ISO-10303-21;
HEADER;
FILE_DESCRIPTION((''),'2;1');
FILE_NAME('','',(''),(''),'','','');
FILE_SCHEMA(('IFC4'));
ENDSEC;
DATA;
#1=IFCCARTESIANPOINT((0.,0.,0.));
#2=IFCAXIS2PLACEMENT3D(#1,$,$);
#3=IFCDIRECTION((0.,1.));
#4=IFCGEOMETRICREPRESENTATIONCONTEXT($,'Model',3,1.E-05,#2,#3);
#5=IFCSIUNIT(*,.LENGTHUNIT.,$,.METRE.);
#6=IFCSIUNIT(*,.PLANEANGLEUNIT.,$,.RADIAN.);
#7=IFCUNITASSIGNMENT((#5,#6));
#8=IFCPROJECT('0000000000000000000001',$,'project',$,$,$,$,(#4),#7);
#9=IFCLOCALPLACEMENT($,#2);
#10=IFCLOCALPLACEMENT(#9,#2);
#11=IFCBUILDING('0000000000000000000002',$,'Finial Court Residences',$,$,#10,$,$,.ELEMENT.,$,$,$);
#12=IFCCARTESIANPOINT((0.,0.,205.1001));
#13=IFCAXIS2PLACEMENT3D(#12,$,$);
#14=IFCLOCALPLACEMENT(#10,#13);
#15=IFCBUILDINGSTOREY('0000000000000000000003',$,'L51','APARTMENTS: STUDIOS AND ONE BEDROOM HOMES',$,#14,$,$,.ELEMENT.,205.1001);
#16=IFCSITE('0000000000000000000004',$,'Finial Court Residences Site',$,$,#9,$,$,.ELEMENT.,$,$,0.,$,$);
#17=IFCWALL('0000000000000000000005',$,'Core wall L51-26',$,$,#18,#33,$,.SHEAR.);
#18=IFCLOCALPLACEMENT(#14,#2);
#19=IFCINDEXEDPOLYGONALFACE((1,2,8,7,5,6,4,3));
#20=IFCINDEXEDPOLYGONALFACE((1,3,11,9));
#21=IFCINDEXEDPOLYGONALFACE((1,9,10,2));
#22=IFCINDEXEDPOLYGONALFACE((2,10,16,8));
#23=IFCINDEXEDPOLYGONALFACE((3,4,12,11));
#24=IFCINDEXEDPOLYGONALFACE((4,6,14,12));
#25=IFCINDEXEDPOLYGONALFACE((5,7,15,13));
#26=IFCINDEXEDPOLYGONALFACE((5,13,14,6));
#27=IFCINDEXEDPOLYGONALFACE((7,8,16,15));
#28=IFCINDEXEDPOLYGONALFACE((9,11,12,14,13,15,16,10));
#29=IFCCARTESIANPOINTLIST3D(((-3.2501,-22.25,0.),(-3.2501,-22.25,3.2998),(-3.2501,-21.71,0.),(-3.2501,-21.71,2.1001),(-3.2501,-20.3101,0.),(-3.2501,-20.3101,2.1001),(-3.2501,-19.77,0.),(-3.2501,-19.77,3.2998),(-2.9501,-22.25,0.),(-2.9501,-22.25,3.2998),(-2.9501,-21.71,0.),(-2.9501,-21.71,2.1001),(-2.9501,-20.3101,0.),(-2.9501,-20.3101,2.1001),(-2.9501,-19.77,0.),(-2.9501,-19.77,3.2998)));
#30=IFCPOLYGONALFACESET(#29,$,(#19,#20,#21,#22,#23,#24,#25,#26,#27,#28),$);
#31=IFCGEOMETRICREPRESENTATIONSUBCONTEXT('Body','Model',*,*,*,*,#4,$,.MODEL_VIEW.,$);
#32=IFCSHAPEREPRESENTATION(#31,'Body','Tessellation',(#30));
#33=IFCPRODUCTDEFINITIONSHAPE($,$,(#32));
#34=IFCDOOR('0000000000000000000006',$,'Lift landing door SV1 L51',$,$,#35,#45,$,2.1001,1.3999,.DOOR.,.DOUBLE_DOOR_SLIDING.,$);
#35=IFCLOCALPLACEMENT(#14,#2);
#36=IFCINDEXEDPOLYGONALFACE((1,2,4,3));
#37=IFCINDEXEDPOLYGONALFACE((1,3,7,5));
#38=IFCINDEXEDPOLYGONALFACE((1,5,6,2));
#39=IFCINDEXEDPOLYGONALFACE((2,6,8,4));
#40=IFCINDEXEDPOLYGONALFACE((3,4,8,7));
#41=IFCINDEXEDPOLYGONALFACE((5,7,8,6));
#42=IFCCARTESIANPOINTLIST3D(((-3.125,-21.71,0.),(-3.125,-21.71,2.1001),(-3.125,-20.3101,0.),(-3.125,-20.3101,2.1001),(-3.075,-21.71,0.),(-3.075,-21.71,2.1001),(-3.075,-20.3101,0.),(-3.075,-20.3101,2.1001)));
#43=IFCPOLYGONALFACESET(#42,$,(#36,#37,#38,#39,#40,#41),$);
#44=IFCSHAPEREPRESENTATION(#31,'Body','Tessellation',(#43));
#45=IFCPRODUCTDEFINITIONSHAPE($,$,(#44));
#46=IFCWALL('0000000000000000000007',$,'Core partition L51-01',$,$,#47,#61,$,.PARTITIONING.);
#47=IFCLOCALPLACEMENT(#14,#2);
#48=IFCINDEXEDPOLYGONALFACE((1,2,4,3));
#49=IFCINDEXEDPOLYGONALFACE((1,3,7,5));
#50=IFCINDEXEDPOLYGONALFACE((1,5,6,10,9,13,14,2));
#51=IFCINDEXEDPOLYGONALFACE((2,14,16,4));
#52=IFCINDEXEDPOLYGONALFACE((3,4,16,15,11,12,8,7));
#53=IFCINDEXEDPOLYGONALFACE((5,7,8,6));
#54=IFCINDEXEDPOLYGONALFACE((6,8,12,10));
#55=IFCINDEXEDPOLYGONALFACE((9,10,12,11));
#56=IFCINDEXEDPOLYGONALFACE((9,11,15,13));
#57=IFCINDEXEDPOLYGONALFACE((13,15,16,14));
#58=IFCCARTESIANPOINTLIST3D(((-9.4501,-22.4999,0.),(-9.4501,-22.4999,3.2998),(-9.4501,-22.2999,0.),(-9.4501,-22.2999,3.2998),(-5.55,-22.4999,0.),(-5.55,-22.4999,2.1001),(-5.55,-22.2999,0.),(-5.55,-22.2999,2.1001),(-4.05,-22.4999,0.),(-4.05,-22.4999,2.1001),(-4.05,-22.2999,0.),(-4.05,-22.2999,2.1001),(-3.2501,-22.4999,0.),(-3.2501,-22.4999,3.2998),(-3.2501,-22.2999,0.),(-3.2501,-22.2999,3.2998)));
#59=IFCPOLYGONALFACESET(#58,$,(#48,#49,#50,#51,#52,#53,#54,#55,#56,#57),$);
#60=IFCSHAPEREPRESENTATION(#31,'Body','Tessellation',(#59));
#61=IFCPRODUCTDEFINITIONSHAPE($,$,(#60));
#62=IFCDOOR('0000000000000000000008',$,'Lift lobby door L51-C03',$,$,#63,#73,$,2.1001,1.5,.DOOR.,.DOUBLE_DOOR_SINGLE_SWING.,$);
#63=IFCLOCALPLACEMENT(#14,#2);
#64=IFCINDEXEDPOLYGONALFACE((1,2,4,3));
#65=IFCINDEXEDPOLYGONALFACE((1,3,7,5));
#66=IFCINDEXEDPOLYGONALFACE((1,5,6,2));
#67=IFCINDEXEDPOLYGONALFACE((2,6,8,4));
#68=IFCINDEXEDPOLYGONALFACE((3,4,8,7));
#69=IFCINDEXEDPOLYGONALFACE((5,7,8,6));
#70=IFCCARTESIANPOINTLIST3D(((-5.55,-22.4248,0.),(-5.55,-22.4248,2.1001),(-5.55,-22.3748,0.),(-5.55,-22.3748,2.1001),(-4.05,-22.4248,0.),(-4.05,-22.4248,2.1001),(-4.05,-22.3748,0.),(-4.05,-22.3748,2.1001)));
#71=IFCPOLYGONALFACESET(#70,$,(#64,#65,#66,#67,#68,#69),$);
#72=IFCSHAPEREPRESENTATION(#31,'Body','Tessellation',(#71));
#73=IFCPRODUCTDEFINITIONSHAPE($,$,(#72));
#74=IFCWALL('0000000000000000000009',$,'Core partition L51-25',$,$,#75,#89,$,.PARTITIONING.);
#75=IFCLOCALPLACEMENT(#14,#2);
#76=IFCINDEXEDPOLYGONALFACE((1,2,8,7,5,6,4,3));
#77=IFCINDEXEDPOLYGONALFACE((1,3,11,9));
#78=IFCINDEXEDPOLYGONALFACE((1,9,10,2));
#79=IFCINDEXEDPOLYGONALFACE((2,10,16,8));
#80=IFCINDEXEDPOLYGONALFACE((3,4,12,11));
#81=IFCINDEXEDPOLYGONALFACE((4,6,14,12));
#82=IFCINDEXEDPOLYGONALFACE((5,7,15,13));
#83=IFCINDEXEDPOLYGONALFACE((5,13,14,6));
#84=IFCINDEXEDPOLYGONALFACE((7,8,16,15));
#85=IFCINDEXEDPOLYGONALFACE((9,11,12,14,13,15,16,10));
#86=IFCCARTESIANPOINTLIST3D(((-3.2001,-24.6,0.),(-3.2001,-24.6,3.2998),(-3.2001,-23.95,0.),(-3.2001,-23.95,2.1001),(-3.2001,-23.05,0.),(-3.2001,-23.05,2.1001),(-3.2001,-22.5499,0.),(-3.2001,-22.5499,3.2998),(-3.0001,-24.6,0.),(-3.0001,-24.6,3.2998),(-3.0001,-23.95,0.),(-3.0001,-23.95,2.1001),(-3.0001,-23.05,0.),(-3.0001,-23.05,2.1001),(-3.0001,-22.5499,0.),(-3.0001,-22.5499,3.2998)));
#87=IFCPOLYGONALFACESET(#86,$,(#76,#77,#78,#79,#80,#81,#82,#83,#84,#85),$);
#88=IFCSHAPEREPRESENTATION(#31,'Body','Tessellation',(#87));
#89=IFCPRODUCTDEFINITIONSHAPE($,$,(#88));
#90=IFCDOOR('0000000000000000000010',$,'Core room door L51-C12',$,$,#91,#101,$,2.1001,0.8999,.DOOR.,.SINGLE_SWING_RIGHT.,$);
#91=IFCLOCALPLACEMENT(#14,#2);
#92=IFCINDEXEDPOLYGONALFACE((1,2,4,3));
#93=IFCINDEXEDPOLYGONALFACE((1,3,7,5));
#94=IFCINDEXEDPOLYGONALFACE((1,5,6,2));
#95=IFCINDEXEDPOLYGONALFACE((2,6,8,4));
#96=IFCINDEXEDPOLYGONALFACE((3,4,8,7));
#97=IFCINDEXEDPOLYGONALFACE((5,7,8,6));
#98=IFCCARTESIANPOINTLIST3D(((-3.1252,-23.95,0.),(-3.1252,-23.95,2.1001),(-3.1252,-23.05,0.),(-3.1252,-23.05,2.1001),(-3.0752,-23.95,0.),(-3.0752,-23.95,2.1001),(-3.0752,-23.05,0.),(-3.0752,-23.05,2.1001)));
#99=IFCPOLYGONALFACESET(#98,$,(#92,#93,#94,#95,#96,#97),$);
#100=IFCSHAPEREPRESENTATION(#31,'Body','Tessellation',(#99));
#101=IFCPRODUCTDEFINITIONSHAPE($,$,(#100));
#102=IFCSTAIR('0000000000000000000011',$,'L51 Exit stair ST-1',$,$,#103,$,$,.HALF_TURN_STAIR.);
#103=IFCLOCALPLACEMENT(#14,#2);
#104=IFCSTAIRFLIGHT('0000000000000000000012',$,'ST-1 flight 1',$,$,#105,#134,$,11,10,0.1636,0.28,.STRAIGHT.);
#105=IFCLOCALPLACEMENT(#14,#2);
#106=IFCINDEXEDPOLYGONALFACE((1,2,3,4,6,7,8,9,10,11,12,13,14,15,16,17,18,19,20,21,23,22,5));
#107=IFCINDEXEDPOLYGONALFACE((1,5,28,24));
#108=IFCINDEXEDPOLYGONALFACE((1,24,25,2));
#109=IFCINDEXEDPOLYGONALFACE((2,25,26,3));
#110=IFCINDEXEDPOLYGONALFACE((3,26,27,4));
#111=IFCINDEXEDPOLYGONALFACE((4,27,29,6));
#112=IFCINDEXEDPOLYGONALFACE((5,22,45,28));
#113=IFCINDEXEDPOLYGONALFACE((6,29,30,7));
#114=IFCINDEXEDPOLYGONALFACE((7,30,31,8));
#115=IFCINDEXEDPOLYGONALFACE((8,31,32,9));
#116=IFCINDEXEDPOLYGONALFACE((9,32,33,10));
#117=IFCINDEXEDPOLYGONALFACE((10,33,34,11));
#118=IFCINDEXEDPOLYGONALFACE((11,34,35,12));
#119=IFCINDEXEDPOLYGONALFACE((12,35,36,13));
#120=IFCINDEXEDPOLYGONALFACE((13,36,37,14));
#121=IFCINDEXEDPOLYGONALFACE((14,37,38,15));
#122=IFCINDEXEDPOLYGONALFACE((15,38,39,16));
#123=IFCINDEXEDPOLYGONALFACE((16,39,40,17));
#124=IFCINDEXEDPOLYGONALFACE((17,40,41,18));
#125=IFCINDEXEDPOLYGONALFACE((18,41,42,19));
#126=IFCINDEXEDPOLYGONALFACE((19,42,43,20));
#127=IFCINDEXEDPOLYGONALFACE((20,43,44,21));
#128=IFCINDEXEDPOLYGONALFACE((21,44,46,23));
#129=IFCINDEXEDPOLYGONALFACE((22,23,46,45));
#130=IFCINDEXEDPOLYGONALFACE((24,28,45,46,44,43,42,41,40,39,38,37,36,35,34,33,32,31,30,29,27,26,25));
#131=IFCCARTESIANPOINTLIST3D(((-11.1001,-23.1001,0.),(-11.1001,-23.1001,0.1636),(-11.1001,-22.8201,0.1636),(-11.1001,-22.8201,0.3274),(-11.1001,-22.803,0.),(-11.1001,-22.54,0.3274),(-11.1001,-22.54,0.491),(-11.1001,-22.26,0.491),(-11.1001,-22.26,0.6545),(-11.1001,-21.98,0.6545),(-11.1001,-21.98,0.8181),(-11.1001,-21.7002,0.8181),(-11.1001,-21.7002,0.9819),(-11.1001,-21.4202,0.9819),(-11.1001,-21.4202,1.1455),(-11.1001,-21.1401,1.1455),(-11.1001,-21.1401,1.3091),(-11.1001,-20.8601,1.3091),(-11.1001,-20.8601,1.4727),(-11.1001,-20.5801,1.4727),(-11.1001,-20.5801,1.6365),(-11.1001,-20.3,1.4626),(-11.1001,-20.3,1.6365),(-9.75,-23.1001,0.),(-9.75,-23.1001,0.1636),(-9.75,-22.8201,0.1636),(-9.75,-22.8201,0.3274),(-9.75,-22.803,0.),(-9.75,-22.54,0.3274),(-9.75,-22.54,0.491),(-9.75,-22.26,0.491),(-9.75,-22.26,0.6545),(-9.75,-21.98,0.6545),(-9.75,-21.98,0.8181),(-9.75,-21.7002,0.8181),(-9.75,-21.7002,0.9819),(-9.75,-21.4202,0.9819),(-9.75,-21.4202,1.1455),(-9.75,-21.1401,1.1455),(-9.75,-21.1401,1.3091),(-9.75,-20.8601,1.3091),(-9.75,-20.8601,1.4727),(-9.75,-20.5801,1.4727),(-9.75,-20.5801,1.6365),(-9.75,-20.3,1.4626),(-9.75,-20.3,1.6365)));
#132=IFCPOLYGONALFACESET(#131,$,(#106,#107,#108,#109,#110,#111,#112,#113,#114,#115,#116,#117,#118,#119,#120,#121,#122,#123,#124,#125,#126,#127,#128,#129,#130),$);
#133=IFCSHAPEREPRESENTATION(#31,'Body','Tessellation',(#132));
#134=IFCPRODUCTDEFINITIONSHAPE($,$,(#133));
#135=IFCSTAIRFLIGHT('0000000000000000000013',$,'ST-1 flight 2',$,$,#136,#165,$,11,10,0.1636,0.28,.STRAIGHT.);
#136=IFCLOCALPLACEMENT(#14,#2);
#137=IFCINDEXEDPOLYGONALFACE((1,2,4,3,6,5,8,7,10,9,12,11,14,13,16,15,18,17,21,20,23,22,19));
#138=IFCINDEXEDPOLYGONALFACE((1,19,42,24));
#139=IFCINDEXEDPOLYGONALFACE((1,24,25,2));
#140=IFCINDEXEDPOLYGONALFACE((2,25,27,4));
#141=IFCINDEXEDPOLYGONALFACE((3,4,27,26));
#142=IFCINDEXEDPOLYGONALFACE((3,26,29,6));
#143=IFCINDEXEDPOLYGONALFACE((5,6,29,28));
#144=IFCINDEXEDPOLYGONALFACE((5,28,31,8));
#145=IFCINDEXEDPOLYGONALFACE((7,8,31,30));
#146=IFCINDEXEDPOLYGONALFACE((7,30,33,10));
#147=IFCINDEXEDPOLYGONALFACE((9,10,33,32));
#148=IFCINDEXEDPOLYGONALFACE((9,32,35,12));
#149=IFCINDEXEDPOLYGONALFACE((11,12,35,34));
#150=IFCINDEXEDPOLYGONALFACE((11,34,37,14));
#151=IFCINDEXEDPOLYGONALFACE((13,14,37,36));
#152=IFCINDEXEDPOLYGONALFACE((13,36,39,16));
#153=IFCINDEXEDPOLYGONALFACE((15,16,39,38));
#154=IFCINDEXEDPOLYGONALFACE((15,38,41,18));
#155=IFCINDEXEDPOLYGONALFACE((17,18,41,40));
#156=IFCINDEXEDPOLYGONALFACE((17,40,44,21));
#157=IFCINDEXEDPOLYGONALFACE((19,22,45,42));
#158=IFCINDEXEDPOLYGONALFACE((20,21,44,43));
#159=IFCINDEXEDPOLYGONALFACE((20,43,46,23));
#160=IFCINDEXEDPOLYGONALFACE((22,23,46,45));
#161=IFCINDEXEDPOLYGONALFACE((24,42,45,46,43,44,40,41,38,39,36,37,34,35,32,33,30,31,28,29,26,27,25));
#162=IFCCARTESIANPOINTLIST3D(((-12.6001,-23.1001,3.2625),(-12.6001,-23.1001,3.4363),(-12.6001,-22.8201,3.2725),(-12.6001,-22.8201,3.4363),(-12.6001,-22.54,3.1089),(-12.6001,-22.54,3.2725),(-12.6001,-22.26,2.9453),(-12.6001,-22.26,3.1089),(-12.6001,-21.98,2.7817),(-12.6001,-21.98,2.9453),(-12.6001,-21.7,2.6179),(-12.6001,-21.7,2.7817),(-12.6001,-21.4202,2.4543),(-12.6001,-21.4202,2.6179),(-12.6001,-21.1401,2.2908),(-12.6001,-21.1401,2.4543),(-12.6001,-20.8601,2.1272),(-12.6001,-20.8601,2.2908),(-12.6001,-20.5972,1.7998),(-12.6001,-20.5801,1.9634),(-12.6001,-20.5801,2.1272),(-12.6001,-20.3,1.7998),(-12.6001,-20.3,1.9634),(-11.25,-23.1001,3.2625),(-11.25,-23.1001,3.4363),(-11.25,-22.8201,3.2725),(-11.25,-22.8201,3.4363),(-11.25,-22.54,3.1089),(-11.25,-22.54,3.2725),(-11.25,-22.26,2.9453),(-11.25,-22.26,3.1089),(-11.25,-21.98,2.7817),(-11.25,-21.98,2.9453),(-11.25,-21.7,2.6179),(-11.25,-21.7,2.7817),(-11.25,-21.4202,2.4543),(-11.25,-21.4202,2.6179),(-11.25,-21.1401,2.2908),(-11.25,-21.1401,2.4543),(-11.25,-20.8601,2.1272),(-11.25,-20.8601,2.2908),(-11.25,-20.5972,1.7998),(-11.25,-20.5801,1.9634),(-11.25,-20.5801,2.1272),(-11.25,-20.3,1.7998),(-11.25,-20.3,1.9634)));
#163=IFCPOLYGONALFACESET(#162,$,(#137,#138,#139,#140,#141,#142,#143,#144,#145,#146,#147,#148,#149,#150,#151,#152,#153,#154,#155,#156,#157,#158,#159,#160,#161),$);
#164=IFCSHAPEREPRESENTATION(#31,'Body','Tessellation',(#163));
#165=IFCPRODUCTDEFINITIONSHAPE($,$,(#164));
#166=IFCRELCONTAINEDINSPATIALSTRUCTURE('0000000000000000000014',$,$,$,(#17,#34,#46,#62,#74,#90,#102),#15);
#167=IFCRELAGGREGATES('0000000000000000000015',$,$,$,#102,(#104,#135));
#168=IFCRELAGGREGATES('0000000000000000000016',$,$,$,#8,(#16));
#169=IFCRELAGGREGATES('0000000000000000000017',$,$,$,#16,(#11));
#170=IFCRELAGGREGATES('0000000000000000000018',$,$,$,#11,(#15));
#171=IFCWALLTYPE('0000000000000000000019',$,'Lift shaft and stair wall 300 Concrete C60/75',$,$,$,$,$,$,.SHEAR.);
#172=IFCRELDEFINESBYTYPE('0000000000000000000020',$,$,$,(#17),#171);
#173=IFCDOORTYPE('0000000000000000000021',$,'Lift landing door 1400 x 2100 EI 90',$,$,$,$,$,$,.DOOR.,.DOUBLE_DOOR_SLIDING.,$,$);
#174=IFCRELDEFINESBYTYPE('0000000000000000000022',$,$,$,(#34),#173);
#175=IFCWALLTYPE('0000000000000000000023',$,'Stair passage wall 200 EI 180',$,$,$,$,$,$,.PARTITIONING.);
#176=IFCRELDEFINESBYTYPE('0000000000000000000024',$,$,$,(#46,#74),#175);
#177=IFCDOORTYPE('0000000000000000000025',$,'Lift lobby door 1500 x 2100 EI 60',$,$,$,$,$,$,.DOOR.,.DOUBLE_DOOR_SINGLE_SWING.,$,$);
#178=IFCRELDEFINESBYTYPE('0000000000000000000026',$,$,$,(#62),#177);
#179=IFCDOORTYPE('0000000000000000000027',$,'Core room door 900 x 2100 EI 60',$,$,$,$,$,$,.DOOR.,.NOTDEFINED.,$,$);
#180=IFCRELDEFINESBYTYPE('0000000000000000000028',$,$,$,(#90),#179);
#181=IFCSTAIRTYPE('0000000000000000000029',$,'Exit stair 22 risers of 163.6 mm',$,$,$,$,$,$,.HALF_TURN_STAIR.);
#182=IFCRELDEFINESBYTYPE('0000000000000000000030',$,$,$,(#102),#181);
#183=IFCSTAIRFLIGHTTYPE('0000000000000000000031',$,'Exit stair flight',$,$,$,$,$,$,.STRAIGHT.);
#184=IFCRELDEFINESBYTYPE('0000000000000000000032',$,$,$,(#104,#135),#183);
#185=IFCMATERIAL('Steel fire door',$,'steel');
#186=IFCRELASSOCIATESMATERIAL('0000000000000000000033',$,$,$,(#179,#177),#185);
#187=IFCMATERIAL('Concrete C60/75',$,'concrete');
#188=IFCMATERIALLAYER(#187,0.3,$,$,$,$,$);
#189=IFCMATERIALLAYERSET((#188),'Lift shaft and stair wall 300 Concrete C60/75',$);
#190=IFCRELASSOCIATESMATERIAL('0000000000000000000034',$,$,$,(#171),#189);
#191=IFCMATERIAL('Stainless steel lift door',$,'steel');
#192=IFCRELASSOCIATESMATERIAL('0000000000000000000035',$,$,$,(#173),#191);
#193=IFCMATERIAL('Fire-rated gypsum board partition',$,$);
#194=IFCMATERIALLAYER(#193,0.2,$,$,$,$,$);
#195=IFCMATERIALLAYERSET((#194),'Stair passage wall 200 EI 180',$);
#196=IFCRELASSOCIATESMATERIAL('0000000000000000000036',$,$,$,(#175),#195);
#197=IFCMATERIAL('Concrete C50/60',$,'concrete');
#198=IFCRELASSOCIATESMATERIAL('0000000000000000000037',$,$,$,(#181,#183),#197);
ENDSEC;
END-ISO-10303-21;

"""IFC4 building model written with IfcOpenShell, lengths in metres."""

from ifc_helpers import new_model, si_unit, direction, frame, frame_2d, origin, place, context, subcontext, project, spatial, polyline, rectangle, outline, extrude, material, layer, layer_set, type_object, element, fill, aggregate, save


model = new_model("IFC4")

# Units and contexts
model_context = context("Model", 3, precision=1e-05, world=origin(), true_north=direction((0.0, 1.0)))
body_context = subcontext(model_context, "Body", "Model", "MODEL_VIEW")
ifc_project = project(units=[si_unit("LENGTHUNIT", "METRE"), si_unit("PLANEANGLEUNIT", "RADIAN")], contexts=[model_context])

# Site, building, storey
site_placement = place(None, origin())
site = spatial("IfcSite", under=ifc_project, at=site_placement, Name="Finial Court Residences Site", CompositionType="ELEMENT", RefElevation=0.0)
building_placement = place(site_placement, origin())
building = spatial("IfcBuilding", under=site, at=building_placement, Name="Finial Court Residences", CompositionType="ELEMENT")
storey_placement = place(building_placement, frame((0.0, 0.0, 205.1001)))
storey = spatial("IfcBuildingStorey", under=building, at=storey_placement, Name="L51", Description="APARTMENTS: STUDIOS AND ONE BEDROOM HOMES", CompositionType="ELEMENT", Elevation=205.1001)

# Shared definitions
ifc_material_1 = material(Name="Concrete C60/75", Category="concrete")
ifc_material_2 = material(Name="Fire-rated gypsum board partition")

# Shared definitions
ifc_material_3 = material(Name="Steel fire door", Category="steel")
door_type_1 = type_object("IfcDoorType", Name="Core room door 900 x 2100 EI 60", OperationType="NOTDEFINED", PredefinedType="DOOR", material=ifc_material_3)

# Shared definitions
ifc_layer_1 = layer(ifc_material_1, 0.3)
ifc_layer_set_1 = layer_set([ifc_layer_1], Name="Lift shaft and stair wall 300 Concrete C60/75")
wall_type_1 = type_object("IfcWallType", Name="Lift shaft and stair wall 300 Concrete C60/75", PredefinedType="SHEAR", material=ifc_layer_set_1)

# Walls, openings, doors
wall_1_placement = place(storey_placement, frame((-3.1001, -22.25, 0.0), z_axis=(0.0, 0.0, 1.0), x_axis=(0.0, 1.0, 0.0)))
wall_1 = element("IfcWall", 1, at=wall_1_placement, inside=storey, type_object=wall_type_1, Name="Core wall L51-26", PredefinedType="SHEAR", context=body_context, shape_type="SweptSolid", body=[
    extrude(rectangle(XDim=2.48, YDim=0.3, at=frame_2d((1.24, 0.0))), origin(), (0.0, 0.0, 1.0), 3.2998),
])
opening_1_placement = place(wall_1_placement, frame((0.54, 0.0, 0.0)))
opening_1 = element("IfcOpeningElement", 2, at=opening_1_placement, cuts=wall_1, PredefinedType="OPENING", context=body_context, shape_type="SweptSolid", body=[
    extrude(rectangle(XDim=1.3999, YDim=2.1001, at=frame_2d((0.7, 1.05))), frame((0.0, 0.1599, 0.0), z_axis=(0.0, -1.0, 0.0), x_axis=(1.0, 0.0, 0.0)), (0.0, 0.0, 1.0), 0.3201),
])
ifc_material_4 = material(Name="Stainless steel lift door", Category="steel")
door_type_2 = type_object("IfcDoorType", Name="Lift landing door 1400 x 2100 EI 90", OperationType="DOUBLE_DOOR_SLIDING", PredefinedType="DOOR", material=ifc_material_4)
door_1_placement = place(opening_1_placement, origin())
door_1 = element("IfcDoor", 3, at=door_1_placement, inside=storey, type_object=door_type_2, Name="Lift landing door SV1 L51", OperationType="DOUBLE_DOOR_SLIDING", OverallHeight=2.1001, OverallWidth=1.3999, PredefinedType="DOOR", context=body_context, shape_type="SweptSolid", body=[
    extrude(rectangle(XDim=1.3999, YDim=2.1001, at=frame_2d((0.7, 1.05))), frame((0.0, 0.0249, 0.0), z_axis=(0.0, -1.0, 0.0), x_axis=(1.0, 0.0, 0.0)), (0.0, 0.0, 1.0), 0.05),
])
fill(opening_1, door_1)
ifc_layer_2 = layer(ifc_material_2, 0.2)
ifc_layer_set_2 = layer_set([ifc_layer_2], Name="Stair passage wall 200 EI 180")
wall_type_2 = type_object("IfcWallType", Name="Stair passage wall 200 EI 180", PredefinedType="PARTITIONING", material=ifc_layer_set_2)
wall_2_placement = place(storey_placement, frame((-3.25, -22.3999, 0.0), z_axis=(0.0, 0.0, 1.0), x_axis=(-1.0, 0.0, 0.0)))
wall_2 = element("IfcWall", 4, at=wall_2_placement, inside=storey, type_object=wall_type_2, Name="Core partition L51-01", PredefinedType="PARTITIONING", context=body_context, shape_type="SweptSolid", body=[
    extrude(rectangle(XDim=6.2, YDim=0.2, at=frame_2d((3.1001, 0.0))), origin(), (0.0, 0.0, 1.0), 3.2998),
])
opening_2_placement = place(wall_2_placement, frame((0.8, 0.0, 0.0)))
opening_2 = element("IfcOpeningElement", 5, at=opening_2_placement, cuts=wall_2, PredefinedType="OPENING", context=body_context, shape_type="SweptSolid", body=[
    extrude(rectangle(XDim=1.5, YDim=2.1001, at=frame_2d((0.75, 1.05))), frame((0.0, 0.1099, 0.0), z_axis=(0.0, -1.0, 0.0), x_axis=(1.0, 0.0, 0.0)), (0.0, 0.0, 1.0), 0.22),
])
door_type_3 = type_object("IfcDoorType", Name="Lift lobby door 1500 x 2100 EI 60", OperationType="DOUBLE_DOOR_SINGLE_SWING", PredefinedType="DOOR", material=ifc_material_3)
door_2_placement = place(opening_2_placement, origin())
door_2 = element("IfcDoor", 6, at=door_2_placement, inside=storey, type_object=door_type_3, Name="Lift lobby door L51-C03", OperationType="DOUBLE_DOOR_SINGLE_SWING", OverallHeight=2.1001, OverallWidth=1.5, PredefinedType="DOOR", context=body_context, shape_type="SweptSolid", body=[
    extrude(rectangle(XDim=1.5, YDim=2.1001, at=frame_2d((0.75, 1.05))), frame((0.0, 0.0249, 0.0), z_axis=(0.0, -1.0, 0.0), x_axis=(1.0, 0.0, 0.0)), (0.0, 0.0, 1.0), 0.05),
])
fill(opening_2, door_2)
wall_3_placement = place(storey_placement, frame((-3.1001, -22.55, 0.0), z_axis=(0.0, 0.0, 1.0), x_axis=(0.0, -1.0, 0.0)))
wall_3 = element("IfcWall", 7, at=wall_3_placement, inside=storey, type_object=wall_type_2, Name="Core partition L51-25", PredefinedType="PARTITIONING", context=body_context, shape_type="SweptSolid", body=[
    extrude(rectangle(XDim=2.05, YDim=0.2, at=frame_2d((1.0249, 0.0))), origin(), (0.0, 0.0, 1.0), 3.2998),
])
opening_3_placement = place(wall_3_placement, frame((0.5, 0.0, 0.0)))
opening_3 = element("IfcOpeningElement", 8, at=opening_3_placement, cuts=wall_3, PredefinedType="OPENING", context=body_context, shape_type="SweptSolid", body=[
    extrude(rectangle(XDim=0.8999, YDim=2.1001, at=frame_2d((0.45, 1.05))), frame((0.0, 0.1099, 0.0), z_axis=(0.0, -1.0, 0.0), x_axis=(1.0, 0.0, 0.0)), (0.0, 0.0, 1.0), 0.22),
])
door_3_placement = place(opening_3_placement, origin())
door_3 = element("IfcDoor", 9, at=door_3_placement, inside=storey, type_object=door_type_1, Name="Core room door L51-C12", OperationType="SINGLE_SWING_RIGHT", OverallHeight=2.1001, OverallWidth=0.8999, PredefinedType="DOOR", context=body_context, shape_type="SweptSolid", body=[
    extrude(rectangle(XDim=0.8999, YDim=2.1001, at=frame_2d((0.45, 1.05))), frame((0.0, 0.0249, 0.0), z_axis=(0.0, -1.0, 0.0), x_axis=(1.0, 0.0, 0.0)), (0.0, 0.0, 1.0), 0.05),
])
fill(opening_3, door_3)

# Stair, stair flights
ifc_material_5 = material(Name="Concrete C50/60", Category="concrete")
stair_type = type_object("IfcStairType", Name="Exit stair 22 risers of 163.6 mm", PredefinedType="HALF_TURN_STAIR", material=ifc_material_5)
stair_placement = place(storey_placement, origin())
stair = element("IfcStair", 10, at=stair_placement, inside=storey, type_object=stair_type, Name="L51 Exit stair ST-1", PredefinedType="HALF_TURN_STAIR")
stair_flight_type = type_object("IfcStairFlightType", Name="Exit stair flight", PredefinedType="STRAIGHT", material=ifc_material_5)
stair_flight_1_placement = place(storey_placement, frame((-10.425, -23.1001, 0.0), z_axis=(0.0, 0.0, 1.0), x_axis=(0.0, 1.0, 0.0)))
stair_flight_1 = element("IfcStairFlight", 11, at=stair_flight_1_placement, type_object=stair_flight_type, Name="ST-1 flight 1", NumberOfRisers=11, NumberOfTreads=10, PredefinedType="STRAIGHT", RiserHeight=0.1636, TreadLength=0.28, context=body_context, shape_type="SweptSolid", body=[
    extrude(outline(polyline([(0.0, 0.0), (0.0, 0.1636), (0.28, 0.1636), (0.28, 0.3274), (0.5601, 0.3274), (0.5601, 0.491), (0.8401, 0.491), (0.8401, 0.6545), (1.1201, 0.6545), (1.1201, 0.8181), (1.3999, 0.8181), (1.3999, 0.9819), (1.6799, 0.9819), (1.6799, 1.1455), (1.96, 1.1455), (1.96, 1.3091), (2.24, 1.3091), (2.24, 1.4727), (2.52, 1.4727), (2.52, 1.6365), (2.8, 1.6365), (2.8, 1.8), (2.8, 1.4626), (0.2971, 0.0), (0.0, 0.0)])), frame((0.0, 0.675, 0.0), z_axis=(0.0, -1.0, 0.0), x_axis=(1.0, 0.0, 0.0)), (0.0, 0.0, 1.0), 1.3501),
])
stair_flight_2_placement = place(storey_placement, frame((-11.925, -20.3, 1.7998), z_axis=(0.0, 0.0, 1.0), x_axis=(0.0, -1.0, 0.0)))
stair_flight_2 = element("IfcStairFlight", 12, at=stair_flight_2_placement, type_object=stair_flight_type, Name="ST-1 flight 2", NumberOfRisers=11, NumberOfTreads=10, PredefinedType="STRAIGHT", RiserHeight=0.1636, TreadLength=0.28, context=body_context, shape_type="SweptSolid", body=[
    extrude(outline(polyline([(0.0, 0.0), (0.0, 0.1636), (0.28, 0.1636), (0.28, 0.3274), (0.5601, 0.3274), (0.5601, 0.491), (0.8401, 0.491), (0.8401, 0.6545), (1.1201, 0.6545), (1.1201, 0.8181), (1.3999, 0.8181), (1.3999, 0.9819), (1.6799, 0.9819), (1.6799, 1.1455), (1.96, 1.1455), (1.96, 1.3091), (2.24, 1.3091), (2.24, 1.4727), (2.52, 1.4727), (2.52, 1.6365), (2.8, 1.6365), (2.8, 1.8), (2.8, 1.4626), (0.2971, 0.0), (0.0, 0.0)])), frame((0.0, 0.675, 0.0), z_axis=(0.0, -1.0, 0.0), x_axis=(1.0, 0.0, 0.0)), (0.0, 0.0, 1.0), 1.3501),
])
aggregate(stair, [stair_flight_1, stair_flight_2])

save(model, "model.ifc")
